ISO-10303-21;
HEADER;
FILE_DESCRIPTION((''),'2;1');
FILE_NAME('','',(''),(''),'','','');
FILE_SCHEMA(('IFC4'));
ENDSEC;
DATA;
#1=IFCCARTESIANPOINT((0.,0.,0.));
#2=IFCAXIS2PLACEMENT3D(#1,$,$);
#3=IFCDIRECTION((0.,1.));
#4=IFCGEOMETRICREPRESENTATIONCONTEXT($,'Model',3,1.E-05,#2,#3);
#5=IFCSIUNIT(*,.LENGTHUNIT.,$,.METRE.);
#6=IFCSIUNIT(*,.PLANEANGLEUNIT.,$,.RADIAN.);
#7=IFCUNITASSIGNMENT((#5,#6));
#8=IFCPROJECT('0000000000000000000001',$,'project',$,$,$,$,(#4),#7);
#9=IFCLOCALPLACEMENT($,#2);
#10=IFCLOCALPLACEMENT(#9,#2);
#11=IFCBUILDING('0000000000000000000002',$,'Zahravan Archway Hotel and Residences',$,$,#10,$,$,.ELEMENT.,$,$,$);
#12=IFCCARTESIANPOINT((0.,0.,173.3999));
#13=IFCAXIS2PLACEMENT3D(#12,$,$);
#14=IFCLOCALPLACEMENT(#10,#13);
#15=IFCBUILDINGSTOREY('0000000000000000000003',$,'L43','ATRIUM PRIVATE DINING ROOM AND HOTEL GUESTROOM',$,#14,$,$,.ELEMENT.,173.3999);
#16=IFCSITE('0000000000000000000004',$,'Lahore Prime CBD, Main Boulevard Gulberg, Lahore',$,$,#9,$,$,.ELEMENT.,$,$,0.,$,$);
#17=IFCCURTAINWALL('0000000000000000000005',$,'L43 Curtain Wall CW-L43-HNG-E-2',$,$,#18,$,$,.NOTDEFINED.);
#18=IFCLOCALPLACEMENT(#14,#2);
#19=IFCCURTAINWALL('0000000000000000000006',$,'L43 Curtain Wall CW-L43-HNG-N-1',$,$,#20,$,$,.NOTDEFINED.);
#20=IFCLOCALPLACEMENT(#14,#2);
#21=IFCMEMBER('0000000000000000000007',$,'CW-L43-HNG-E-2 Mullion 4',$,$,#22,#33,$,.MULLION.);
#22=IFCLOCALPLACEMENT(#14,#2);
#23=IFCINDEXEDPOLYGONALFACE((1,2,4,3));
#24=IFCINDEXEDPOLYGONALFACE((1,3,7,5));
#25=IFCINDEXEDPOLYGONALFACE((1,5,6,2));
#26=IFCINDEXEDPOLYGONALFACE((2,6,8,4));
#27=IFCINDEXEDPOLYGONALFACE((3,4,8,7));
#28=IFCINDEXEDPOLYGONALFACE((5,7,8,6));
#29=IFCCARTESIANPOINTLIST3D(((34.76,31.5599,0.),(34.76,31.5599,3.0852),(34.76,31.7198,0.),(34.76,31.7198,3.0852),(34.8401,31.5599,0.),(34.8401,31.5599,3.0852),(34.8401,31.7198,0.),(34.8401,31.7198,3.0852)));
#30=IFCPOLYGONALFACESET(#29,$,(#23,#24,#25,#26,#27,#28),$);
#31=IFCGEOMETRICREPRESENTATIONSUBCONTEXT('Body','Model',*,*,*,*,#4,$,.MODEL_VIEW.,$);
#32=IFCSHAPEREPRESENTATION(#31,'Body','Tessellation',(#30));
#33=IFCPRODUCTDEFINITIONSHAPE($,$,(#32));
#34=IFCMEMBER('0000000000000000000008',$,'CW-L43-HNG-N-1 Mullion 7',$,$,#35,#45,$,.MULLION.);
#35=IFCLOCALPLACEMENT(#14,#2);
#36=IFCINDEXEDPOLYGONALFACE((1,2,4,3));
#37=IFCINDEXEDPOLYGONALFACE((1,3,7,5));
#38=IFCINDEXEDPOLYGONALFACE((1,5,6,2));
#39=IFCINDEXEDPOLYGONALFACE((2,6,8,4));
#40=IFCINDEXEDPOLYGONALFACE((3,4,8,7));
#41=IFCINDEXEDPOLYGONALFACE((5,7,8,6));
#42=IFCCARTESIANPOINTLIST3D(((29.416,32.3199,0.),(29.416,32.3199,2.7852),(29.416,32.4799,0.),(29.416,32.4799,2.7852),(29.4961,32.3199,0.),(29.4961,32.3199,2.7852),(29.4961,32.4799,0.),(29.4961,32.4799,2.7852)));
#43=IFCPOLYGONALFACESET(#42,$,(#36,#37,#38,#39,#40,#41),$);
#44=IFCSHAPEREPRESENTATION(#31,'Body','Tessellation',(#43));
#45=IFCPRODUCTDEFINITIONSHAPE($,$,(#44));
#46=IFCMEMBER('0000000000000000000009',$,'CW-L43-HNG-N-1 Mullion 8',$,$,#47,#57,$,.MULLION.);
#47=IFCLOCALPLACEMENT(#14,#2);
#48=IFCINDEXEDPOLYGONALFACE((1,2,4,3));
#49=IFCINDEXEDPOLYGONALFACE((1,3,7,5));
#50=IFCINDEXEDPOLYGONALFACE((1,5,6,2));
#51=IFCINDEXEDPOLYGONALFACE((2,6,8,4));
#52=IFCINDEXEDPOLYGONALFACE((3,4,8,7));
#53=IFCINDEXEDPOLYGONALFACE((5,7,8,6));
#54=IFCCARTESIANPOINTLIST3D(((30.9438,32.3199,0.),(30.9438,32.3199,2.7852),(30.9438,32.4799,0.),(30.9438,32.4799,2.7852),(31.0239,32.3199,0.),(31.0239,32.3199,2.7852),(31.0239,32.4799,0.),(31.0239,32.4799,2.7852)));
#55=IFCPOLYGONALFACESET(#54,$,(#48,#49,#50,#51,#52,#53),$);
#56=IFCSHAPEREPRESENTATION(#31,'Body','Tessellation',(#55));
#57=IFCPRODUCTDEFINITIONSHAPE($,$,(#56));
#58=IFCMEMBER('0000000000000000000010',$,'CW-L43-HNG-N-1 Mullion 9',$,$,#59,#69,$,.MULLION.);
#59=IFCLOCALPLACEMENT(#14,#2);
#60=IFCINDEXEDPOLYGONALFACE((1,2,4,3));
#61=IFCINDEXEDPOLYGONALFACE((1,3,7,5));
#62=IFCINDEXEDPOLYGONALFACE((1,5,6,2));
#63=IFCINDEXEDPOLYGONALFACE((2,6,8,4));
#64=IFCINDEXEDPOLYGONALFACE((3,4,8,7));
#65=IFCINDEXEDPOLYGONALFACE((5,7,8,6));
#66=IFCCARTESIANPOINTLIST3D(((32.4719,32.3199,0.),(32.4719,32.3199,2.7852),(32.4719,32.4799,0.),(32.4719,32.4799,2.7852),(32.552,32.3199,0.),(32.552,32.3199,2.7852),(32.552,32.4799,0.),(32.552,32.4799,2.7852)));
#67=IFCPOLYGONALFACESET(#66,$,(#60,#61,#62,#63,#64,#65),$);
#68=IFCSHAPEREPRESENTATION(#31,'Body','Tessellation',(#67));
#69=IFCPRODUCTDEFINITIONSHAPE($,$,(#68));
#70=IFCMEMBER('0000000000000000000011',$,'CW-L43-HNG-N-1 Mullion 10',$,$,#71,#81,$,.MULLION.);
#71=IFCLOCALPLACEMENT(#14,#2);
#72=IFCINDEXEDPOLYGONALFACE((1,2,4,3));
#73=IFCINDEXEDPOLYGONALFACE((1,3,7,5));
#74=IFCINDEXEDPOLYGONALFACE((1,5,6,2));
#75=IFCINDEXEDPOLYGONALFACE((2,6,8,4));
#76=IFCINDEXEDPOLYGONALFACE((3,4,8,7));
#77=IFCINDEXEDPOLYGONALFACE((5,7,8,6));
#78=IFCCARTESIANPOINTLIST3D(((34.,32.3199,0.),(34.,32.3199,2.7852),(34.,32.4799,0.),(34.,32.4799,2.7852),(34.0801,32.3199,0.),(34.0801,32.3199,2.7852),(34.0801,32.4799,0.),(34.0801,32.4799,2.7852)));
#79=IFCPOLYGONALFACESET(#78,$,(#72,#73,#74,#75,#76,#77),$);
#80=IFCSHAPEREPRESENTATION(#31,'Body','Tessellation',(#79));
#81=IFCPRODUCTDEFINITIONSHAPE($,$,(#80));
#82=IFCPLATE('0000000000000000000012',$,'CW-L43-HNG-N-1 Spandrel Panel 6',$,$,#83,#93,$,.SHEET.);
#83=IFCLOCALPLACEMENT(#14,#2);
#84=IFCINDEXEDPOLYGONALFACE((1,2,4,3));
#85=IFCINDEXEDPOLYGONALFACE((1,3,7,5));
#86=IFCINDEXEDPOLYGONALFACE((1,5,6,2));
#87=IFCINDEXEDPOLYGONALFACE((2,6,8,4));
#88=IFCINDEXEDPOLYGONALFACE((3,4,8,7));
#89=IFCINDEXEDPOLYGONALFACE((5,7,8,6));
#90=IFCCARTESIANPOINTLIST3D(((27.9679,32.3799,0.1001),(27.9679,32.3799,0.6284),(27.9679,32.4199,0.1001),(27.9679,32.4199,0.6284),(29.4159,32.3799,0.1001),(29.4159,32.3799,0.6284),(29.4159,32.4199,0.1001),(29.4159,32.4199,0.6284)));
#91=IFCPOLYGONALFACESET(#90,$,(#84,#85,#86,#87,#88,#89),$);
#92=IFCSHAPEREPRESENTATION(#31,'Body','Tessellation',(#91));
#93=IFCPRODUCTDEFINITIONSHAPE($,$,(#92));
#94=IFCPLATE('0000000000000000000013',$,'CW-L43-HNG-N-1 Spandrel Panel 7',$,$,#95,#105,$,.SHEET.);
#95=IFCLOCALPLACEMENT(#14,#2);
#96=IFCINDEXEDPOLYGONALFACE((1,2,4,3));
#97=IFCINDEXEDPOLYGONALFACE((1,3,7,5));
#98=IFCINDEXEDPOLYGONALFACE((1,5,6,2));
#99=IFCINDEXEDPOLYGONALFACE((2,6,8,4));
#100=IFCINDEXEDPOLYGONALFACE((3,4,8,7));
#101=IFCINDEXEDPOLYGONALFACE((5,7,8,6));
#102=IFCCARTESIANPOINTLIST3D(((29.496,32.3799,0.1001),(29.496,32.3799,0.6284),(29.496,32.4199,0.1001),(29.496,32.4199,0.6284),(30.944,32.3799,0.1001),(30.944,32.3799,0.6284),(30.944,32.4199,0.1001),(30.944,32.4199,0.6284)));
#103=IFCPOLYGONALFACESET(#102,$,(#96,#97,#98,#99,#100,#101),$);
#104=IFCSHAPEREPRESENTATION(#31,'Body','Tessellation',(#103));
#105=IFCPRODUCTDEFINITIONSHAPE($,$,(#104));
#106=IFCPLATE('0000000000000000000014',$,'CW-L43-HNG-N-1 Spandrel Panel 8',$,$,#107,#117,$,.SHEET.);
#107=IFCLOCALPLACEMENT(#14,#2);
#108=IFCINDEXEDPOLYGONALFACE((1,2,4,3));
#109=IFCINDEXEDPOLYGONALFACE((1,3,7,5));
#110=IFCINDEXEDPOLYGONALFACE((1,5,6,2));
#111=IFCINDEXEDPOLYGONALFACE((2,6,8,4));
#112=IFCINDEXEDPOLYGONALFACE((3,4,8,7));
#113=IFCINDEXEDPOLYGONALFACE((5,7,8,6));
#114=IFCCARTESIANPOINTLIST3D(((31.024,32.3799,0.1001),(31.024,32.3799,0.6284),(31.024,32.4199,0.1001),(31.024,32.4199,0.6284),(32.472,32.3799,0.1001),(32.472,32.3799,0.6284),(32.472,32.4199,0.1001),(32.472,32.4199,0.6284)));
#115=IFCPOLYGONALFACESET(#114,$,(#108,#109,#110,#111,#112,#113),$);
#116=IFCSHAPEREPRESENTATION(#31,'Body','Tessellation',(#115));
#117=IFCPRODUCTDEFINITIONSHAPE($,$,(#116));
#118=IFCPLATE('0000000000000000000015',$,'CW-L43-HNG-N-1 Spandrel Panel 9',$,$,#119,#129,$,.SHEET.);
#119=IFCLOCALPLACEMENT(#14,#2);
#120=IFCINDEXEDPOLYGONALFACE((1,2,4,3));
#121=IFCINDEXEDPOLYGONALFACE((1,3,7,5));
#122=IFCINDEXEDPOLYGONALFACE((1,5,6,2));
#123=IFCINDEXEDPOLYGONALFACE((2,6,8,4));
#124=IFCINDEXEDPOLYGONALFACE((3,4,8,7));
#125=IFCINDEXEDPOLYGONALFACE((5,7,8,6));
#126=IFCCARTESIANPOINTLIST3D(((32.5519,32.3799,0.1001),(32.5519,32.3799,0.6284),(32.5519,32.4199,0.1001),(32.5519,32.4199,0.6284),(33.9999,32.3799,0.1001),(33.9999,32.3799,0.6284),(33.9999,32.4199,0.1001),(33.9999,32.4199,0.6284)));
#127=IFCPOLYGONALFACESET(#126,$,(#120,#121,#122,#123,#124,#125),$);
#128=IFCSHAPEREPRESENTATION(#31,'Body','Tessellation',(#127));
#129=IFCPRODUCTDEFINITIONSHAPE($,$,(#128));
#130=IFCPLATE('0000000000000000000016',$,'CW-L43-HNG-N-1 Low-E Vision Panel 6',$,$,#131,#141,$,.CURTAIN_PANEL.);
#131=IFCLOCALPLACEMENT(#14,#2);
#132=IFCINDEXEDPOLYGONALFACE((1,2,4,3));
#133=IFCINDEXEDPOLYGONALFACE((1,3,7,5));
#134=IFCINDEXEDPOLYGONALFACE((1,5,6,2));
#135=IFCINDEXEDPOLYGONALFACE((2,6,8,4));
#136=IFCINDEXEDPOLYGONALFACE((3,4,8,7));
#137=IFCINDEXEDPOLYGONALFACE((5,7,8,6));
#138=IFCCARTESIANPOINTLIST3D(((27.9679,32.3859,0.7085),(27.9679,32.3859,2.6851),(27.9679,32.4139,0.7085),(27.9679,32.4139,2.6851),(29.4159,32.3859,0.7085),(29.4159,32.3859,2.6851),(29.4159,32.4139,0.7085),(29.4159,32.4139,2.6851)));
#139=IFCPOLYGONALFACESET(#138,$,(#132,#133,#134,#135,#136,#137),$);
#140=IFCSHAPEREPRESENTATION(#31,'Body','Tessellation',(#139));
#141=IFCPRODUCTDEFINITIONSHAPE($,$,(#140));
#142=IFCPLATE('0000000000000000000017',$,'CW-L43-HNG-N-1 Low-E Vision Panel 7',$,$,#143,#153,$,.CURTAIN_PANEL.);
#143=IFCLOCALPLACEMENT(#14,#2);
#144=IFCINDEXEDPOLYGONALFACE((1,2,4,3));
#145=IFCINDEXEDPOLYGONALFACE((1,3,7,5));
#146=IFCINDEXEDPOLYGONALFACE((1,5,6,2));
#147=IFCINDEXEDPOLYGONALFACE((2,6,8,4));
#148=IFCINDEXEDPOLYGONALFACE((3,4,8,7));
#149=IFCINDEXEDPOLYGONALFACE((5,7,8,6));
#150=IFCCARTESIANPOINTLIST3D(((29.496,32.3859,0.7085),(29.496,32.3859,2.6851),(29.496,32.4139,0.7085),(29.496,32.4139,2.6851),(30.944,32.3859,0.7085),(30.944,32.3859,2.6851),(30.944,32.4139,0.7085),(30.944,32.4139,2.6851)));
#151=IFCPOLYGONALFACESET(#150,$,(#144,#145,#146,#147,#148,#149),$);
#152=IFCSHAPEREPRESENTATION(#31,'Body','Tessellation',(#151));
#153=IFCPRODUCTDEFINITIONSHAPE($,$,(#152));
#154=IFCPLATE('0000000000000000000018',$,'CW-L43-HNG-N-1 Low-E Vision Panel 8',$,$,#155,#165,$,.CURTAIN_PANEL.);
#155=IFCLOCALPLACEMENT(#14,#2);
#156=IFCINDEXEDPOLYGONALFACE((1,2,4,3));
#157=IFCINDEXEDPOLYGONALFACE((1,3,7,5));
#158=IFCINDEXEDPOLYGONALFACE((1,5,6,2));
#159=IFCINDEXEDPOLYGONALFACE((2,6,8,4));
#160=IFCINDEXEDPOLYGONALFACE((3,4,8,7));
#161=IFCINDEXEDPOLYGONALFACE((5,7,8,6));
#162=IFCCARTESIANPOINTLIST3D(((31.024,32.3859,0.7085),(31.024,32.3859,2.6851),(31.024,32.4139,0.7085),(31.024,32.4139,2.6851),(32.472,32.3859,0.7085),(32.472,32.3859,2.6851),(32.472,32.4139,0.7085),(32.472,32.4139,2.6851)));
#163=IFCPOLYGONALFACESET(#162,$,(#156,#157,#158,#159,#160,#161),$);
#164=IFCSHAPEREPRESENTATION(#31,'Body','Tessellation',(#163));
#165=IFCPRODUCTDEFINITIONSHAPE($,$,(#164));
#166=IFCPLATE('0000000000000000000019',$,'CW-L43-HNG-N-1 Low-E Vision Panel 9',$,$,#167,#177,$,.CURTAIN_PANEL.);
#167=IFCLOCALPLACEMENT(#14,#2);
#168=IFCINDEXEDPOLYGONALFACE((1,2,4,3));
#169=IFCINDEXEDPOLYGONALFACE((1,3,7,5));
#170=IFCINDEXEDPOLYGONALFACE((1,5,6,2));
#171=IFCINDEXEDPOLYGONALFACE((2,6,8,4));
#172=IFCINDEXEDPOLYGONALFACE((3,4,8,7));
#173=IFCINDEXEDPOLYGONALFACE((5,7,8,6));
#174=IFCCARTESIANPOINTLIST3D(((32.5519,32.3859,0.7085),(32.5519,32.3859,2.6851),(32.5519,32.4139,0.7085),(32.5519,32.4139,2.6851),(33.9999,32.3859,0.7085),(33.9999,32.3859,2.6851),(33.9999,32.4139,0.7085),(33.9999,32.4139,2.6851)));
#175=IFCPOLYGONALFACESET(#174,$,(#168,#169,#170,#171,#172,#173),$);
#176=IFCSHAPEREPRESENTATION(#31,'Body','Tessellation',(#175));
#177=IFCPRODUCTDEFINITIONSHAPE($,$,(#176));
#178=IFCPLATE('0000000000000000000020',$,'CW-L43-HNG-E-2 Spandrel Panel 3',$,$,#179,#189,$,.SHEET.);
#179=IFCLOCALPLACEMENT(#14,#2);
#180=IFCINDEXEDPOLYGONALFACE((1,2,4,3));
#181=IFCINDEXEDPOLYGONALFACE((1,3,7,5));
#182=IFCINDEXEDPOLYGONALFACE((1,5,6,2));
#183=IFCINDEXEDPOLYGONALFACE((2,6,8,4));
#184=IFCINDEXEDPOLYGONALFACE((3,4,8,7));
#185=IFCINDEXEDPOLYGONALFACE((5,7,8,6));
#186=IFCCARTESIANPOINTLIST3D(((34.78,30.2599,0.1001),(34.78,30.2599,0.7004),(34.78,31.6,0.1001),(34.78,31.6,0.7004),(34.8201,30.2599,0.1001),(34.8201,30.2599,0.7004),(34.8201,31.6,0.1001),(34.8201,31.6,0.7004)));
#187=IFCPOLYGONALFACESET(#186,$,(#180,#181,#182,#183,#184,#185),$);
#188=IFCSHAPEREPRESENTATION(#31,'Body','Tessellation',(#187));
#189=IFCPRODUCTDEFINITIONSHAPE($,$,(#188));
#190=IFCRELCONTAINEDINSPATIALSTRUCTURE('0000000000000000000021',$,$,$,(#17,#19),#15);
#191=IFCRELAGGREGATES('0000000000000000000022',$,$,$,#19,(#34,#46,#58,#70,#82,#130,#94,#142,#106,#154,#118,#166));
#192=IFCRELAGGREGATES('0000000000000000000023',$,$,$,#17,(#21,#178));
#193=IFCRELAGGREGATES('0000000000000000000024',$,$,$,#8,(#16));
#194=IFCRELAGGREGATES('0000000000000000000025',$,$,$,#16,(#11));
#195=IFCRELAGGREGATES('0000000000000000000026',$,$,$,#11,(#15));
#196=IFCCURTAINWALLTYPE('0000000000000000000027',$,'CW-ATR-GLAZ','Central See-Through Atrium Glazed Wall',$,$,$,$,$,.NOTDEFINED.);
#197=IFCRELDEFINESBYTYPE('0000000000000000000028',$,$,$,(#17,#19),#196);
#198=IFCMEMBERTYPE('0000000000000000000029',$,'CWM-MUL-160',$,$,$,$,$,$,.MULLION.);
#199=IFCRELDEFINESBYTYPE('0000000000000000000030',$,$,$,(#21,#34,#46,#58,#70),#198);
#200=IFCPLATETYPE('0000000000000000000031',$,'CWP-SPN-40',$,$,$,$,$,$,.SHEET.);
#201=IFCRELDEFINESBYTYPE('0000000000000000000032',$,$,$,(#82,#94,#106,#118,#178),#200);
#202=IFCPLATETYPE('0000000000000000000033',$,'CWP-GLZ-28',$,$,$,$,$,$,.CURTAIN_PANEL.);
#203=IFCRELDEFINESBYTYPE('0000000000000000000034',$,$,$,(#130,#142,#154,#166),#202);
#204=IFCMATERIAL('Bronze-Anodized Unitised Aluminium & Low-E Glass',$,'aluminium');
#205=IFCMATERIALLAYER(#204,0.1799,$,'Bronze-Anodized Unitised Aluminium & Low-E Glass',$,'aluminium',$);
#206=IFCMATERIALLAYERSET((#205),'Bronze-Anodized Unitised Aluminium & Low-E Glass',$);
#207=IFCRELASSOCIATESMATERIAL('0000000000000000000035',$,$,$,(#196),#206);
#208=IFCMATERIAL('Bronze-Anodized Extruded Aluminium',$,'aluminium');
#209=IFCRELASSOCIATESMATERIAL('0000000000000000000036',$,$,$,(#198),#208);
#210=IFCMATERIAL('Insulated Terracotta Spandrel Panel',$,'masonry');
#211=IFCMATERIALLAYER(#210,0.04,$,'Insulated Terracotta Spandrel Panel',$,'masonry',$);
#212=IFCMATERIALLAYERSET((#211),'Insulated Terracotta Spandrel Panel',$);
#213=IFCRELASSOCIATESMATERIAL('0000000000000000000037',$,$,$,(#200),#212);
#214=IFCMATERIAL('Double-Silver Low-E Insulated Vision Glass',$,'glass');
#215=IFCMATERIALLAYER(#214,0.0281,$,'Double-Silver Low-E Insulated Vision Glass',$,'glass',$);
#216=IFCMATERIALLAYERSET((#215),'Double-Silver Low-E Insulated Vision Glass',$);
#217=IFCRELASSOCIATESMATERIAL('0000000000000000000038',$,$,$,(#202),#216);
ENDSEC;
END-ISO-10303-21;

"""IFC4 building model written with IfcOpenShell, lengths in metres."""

from ifc_helpers import new_model, si_unit, direction, frame, origin, origin_2d, place, context, subcontext, project, spatial, rectangle, extrude, source, transform, mapped, material, layer, layer_set, material_profile, profile_set, type_object, element, aggregate, save


model = new_model("IFC4")

# Units and contexts
model_context = context("Model", 3, precision=1e-05, world=origin(), true_north=direction((0.0, 1.0)))
body_context = subcontext(model_context, "Body", "Model", "MODEL_VIEW")
ifc_project = project(units=[si_unit("LENGTHUNIT", "METRE"), si_unit("PLANEANGLEUNIT", "RADIAN")], contexts=[model_context])

# Site, building, storey
site_placement = place(None, origin())
site = spatial("IfcSite", under=ifc_project, at=site_placement, Name="Lahore Prime CBD, Main Boulevard Gulberg, Lahore", CompositionType="ELEMENT", RefElevation=0.0)
building_placement = place(site_placement, origin())
building = spatial("IfcBuilding", under=site, at=building_placement, Name="Zahravan Archway Hotel and Residences", CompositionType="ELEMENT")
storey_placement = place(building_placement, frame((0.0, 0.0, 173.3999)))
storey = spatial("IfcBuildingStorey", under=building, at=storey_placement, Name="L43", Description="ATRIUM PRIVATE DINING ROOM AND HOTEL GUESTROOM", CompositionType="ELEMENT", Elevation=173.3999)

# Curtain walls
ifc_material_1 = material(Name="Bronze-Anodized Unitised Aluminium & Low-E Glass", Category="aluminium")
ifc_layer_1 = layer(ifc_material_1, 0.1799, Name="Bronze-Anodized Unitised Aluminium & Low-E Glass", Category="aluminium")
ifc_layer_set_1 = layer_set([ifc_layer_1], Name="Bronze-Anodized Unitised Aluminium & Low-E Glass")
curtain_wall_type = type_object("IfcCurtainWallType", Name="CW-ATR-GLAZ", Description="Central See-Through Atrium Glazed Wall", PredefinedType="NOTDEFINED", material=ifc_layer_set_1)
curtain_wall_1_placement = place(storey_placement, origin())
curtain_wall_1 = element("IfcCurtainWall", 1, at=curtain_wall_1_placement, inside=storey, type_object=curtain_wall_type, Name="L43 Curtain Wall CW-L43-HNG-E-2", PredefinedType="NOTDEFINED")
ifc_material_2 = material(Name="Bronze-Anodized Extruded Aluminium", Category="aluminium")
curtain_wall_2_placement = place(storey_placement, origin())
curtain_wall_2 = element("IfcCurtainWall", 2, at=curtain_wall_2_placement, inside=storey, type_object=curtain_wall_type, Name="L43 Curtain Wall CW-L43-HNG-N-1", PredefinedType="NOTDEFINED")

# Members
ifc_material_profile_1 = material_profile(ifc_material_2, rectangle(XDim=0.0801, YDim=0.1599, at=origin_2d()), Name="MUL 80x160", Category="aluminium")
ifc_profile_set_1 = profile_set([ifc_material_profile_1], Name="Bronze-Anodized Extruded Aluminium")
member_type_1 = type_object("IfcMemberType", Name="CWM-MUL-160", PredefinedType="MULLION", material=ifc_profile_set_1)
shared_shape_1 = source(origin(), body_context, "Body", "SweptSolid", [
    extrude(rectangle(XDim=0.0801, YDim=0.1599, at=origin_2d()), origin(), (0.0, 0.0, 1.0), 3.0852),
])
member_1_placement = place(storey_placement, frame((34.8, 31.6399, 0.0), z_axis=(0.0, 0.0, 1.0), x_axis=(1.0, 0.0, 0.0)))
member_1 = element("IfcMember", 3, at=member_1_placement, type_object=member_type_1, Name="CW-L43-HNG-E-2 Mullion 4", PredefinedType="MULLION", context=body_context, shape_type="MappedRepresentation", body=[
    mapped(shared_shape_1, transform((0.0, 0.0, 0.0), scale=1.0)),
])
shared_shape_2 = source(origin(), body_context, "Body", "SweptSolid", [
    extrude(rectangle(XDim=0.0801, YDim=0.1599, at=origin_2d()), origin(), (0.0, 0.0, 1.0), 2.7852),
])
member_2_placement = place(storey_placement, frame((29.4561, 32.3999, 0.0), z_axis=(0.0, 0.0, 1.0), x_axis=(1.0, 0.0, 0.0)))
member_2 = element("IfcMember", 4, at=member_2_placement, type_object=member_type_1, Name="CW-L43-HNG-N-1 Mullion 7", PredefinedType="MULLION", context=body_context, shape_type="MappedRepresentation", body=[
    mapped(shared_shape_2, transform((0.0, 0.0, 0.0), scale=1.0)),
])
member_3_placement = place(storey_placement, frame((30.9839, 32.3999, 0.0), z_axis=(0.0, 0.0, 1.0), x_axis=(1.0, 0.0, 0.0)))
member_3 = element("IfcMember", 5, at=member_3_placement, type_object=member_type_1, Name="CW-L43-HNG-N-1 Mullion 8", PredefinedType="MULLION", context=body_context, shape_type="MappedRepresentation", body=[
    mapped(shared_shape_2, transform((0.0, 0.0, 0.0), scale=1.0)),
])
member_4_placement = place(storey_placement, frame((32.512, 32.3999, 0.0), z_axis=(0.0, 0.0, 1.0), x_axis=(1.0, 0.0, 0.0)))
member_4 = element("IfcMember", 6, at=member_4_placement, type_object=member_type_1, Name="CW-L43-HNG-N-1 Mullion 9", PredefinedType="MULLION", context=body_context, shape_type="MappedRepresentation", body=[
    mapped(shared_shape_2, transform((0.0, 0.0, 0.0), scale=1.0)),
])
member_5_placement = place(storey_placement, frame((34.04, 32.3999, 0.0), z_axis=(0.0, 0.0, 1.0), x_axis=(1.0, 0.0, 0.0)))
member_5 = element("IfcMember", 7, at=member_5_placement, type_object=member_type_1, Name="CW-L43-HNG-N-1 Mullion 10", PredefinedType="MULLION", context=body_context, shape_type="MappedRepresentation", body=[
    mapped(shared_shape_2, transform((0.0, 0.0, 0.0), scale=1.0)),
])

# Plates
ifc_material_3 = material(Name="Insulated Terracotta Spandrel Panel", Category="masonry")
ifc_layer_2 = layer(ifc_material_3, 0.04, Name="Insulated Terracotta Spandrel Panel", Category="masonry")
ifc_layer_set_2 = layer_set([ifc_layer_2], Name="Insulated Terracotta Spandrel Panel")
plate_type_1 = type_object("IfcPlateType", Name="CWP-SPN-40", PredefinedType="SHEET", material=ifc_layer_set_2)
shared_shape_3 = source(origin(), body_context, "Body", "SweptSolid", [
    extrude(rectangle(XDim=1.448, YDim=0.04, at=origin_2d()), origin(), (0.0, 0.0, 1.0), 0.5283),
])
plate_1_placement = place(storey_placement, frame((28.6919, 32.3999, 0.1001), z_axis=(0.0, 0.0, 1.0), x_axis=(1.0, 0.0, 0.0)))
plate_1 = element("IfcPlate", 8, at=plate_1_placement, type_object=plate_type_1, Name="CW-L43-HNG-N-1 Spandrel Panel 6", PredefinedType="SHEET", context=body_context, shape_type="MappedRepresentation", body=[
    mapped(shared_shape_3, transform((0.0, 0.0, 0.0), scale=1.0)),
])
plate_2_placement = place(storey_placement, frame((30.22, 32.3999, 0.1001), z_axis=(0.0, 0.0, 1.0), x_axis=(1.0, 0.0, 0.0)))
plate_2 = element("IfcPlate", 9, at=plate_2_placement, type_object=plate_type_1, Name="CW-L43-HNG-N-1 Spandrel Panel 7", PredefinedType="SHEET", context=body_context, shape_type="MappedRepresentation", body=[
    mapped(shared_shape_3, transform((0.0, 0.0, 0.0), scale=1.0)),
])
plate_3_placement = place(storey_placement, frame((31.748, 32.3999, 0.1001), z_axis=(0.0, 0.0, 1.0), x_axis=(1.0, 0.0, 0.0)))
plate_3 = element("IfcPlate", 10, at=plate_3_placement, type_object=plate_type_1, Name="CW-L43-HNG-N-1 Spandrel Panel 8", PredefinedType="SHEET", context=body_context, shape_type="MappedRepresentation", body=[
    mapped(shared_shape_3, transform((0.0, 0.0, 0.0), scale=1.0)),
])
plate_4_placement = place(storey_placement, frame((33.2759, 32.3999, 0.1001), z_axis=(0.0, 0.0, 1.0), x_axis=(1.0, 0.0, 0.0)))
plate_4 = element("IfcPlate", 11, at=plate_4_placement, type_object=plate_type_1, Name="CW-L43-HNG-N-1 Spandrel Panel 9", PredefinedType="SHEET", context=body_context, shape_type="MappedRepresentation", body=[
    mapped(shared_shape_3, transform((0.0, 0.0, 0.0), scale=1.0)),
])
ifc_material_4 = material(Name="Double-Silver Low-E Insulated Vision Glass", Category="glass")
ifc_layer_3 = layer(ifc_material_4, 0.0281, Name="Double-Silver Low-E Insulated Vision Glass", Category="glass")
ifc_layer_set_3 = layer_set([ifc_layer_3], Name="Double-Silver Low-E Insulated Vision Glass")
plate_type_2 = type_object("IfcPlateType", Name="CWP-GLZ-28", PredefinedType="CURTAIN_PANEL", material=ifc_layer_set_3)
shared_shape_4 = source(origin(), body_context, "Body", "SweptSolid", [
    extrude(rectangle(XDim=1.448, YDim=0.0281, at=origin_2d()), origin(), (0.0, 0.0, 1.0), 1.9766),
])
plate_5_placement = place(storey_placement, frame((28.6919, 32.3999, 0.7085), z_axis=(0.0, 0.0, 1.0), x_axis=(1.0, 0.0, 0.0)))
plate_5 = element("IfcPlate", 12, at=plate_5_placement, type_object=plate_type_2, Name="CW-L43-HNG-N-1 Low-E Vision Panel 6", PredefinedType="CURTAIN_PANEL", context=body_context, shape_type="MappedRepresentation", body=[
    mapped(shared_shape_4, transform((0.0, 0.0, 0.0), scale=1.0)),
])
plate_6_placement = place(storey_placement, frame((30.22, 32.3999, 0.7085), z_axis=(0.0, 0.0, 1.0), x_axis=(1.0, 0.0, 0.0)))
plate_6 = element("IfcPlate", 13, at=plate_6_placement, type_object=plate_type_2, Name="CW-L43-HNG-N-1 Low-E Vision Panel 7", PredefinedType="CURTAIN_PANEL", context=body_context, shape_type="MappedRepresentation", body=[
    mapped(shared_shape_4, transform((0.0, 0.0, 0.0), scale=1.0)),
])
plate_7_placement = place(storey_placement, frame((31.748, 32.3999, 0.7085), z_axis=(0.0, 0.0, 1.0), x_axis=(1.0, 0.0, 0.0)))
plate_7 = element("IfcPlate", 14, at=plate_7_placement, type_object=plate_type_2, Name="CW-L43-HNG-N-1 Low-E Vision Panel 8", PredefinedType="CURTAIN_PANEL", context=body_context, shape_type="MappedRepresentation", body=[
    mapped(shared_shape_4, transform((0.0, 0.0, 0.0), scale=1.0)),
])
plate_8_placement = place(storey_placement, frame((33.2759, 32.3999, 0.7085), z_axis=(0.0, 0.0, 1.0), x_axis=(1.0, 0.0, 0.0)))
plate_8 = element("IfcPlate", 15, at=plate_8_placement, type_object=plate_type_2, Name="CW-L43-HNG-N-1 Low-E Vision Panel 9", PredefinedType="CURTAIN_PANEL", context=body_context, shape_type="MappedRepresentation", body=[
    mapped(shared_shape_4, transform((0.0, 0.0, 0.0), scale=1.0)),
])
aggregate(curtain_wall_2, [member_2, member_3, member_4, member_5, plate_1, plate_5, plate_2, plate_6, plate_3, plate_7, plate_4, plate_8])
shared_shape_5 = source(origin(), body_context, "Body", "SweptSolid", [
    extrude(rectangle(XDim=1.3401, YDim=0.04, at=origin_2d()), origin(), (0.0, 0.0, 1.0), 0.6003),
])
plate_9_placement = place(storey_placement, frame((34.8, 30.9299, 0.1001), z_axis=(0.0, 0.0, 1.0), x_axis=(0.0, 1.0, 0.0)))
plate_9 = element("IfcPlate", 16, at=plate_9_placement, type_object=plate_type_1, Name="CW-L43-HNG-E-2 Spandrel Panel 3", PredefinedType="SHEET", context=body_context, shape_type="MappedRepresentation", body=[
    mapped(shared_shape_5, transform((0.0, 0.0, 0.0), scale=1.0)),
])
aggregate(curtain_wall_1, [member_1, plate_9])

save(model, "model.ifc")
